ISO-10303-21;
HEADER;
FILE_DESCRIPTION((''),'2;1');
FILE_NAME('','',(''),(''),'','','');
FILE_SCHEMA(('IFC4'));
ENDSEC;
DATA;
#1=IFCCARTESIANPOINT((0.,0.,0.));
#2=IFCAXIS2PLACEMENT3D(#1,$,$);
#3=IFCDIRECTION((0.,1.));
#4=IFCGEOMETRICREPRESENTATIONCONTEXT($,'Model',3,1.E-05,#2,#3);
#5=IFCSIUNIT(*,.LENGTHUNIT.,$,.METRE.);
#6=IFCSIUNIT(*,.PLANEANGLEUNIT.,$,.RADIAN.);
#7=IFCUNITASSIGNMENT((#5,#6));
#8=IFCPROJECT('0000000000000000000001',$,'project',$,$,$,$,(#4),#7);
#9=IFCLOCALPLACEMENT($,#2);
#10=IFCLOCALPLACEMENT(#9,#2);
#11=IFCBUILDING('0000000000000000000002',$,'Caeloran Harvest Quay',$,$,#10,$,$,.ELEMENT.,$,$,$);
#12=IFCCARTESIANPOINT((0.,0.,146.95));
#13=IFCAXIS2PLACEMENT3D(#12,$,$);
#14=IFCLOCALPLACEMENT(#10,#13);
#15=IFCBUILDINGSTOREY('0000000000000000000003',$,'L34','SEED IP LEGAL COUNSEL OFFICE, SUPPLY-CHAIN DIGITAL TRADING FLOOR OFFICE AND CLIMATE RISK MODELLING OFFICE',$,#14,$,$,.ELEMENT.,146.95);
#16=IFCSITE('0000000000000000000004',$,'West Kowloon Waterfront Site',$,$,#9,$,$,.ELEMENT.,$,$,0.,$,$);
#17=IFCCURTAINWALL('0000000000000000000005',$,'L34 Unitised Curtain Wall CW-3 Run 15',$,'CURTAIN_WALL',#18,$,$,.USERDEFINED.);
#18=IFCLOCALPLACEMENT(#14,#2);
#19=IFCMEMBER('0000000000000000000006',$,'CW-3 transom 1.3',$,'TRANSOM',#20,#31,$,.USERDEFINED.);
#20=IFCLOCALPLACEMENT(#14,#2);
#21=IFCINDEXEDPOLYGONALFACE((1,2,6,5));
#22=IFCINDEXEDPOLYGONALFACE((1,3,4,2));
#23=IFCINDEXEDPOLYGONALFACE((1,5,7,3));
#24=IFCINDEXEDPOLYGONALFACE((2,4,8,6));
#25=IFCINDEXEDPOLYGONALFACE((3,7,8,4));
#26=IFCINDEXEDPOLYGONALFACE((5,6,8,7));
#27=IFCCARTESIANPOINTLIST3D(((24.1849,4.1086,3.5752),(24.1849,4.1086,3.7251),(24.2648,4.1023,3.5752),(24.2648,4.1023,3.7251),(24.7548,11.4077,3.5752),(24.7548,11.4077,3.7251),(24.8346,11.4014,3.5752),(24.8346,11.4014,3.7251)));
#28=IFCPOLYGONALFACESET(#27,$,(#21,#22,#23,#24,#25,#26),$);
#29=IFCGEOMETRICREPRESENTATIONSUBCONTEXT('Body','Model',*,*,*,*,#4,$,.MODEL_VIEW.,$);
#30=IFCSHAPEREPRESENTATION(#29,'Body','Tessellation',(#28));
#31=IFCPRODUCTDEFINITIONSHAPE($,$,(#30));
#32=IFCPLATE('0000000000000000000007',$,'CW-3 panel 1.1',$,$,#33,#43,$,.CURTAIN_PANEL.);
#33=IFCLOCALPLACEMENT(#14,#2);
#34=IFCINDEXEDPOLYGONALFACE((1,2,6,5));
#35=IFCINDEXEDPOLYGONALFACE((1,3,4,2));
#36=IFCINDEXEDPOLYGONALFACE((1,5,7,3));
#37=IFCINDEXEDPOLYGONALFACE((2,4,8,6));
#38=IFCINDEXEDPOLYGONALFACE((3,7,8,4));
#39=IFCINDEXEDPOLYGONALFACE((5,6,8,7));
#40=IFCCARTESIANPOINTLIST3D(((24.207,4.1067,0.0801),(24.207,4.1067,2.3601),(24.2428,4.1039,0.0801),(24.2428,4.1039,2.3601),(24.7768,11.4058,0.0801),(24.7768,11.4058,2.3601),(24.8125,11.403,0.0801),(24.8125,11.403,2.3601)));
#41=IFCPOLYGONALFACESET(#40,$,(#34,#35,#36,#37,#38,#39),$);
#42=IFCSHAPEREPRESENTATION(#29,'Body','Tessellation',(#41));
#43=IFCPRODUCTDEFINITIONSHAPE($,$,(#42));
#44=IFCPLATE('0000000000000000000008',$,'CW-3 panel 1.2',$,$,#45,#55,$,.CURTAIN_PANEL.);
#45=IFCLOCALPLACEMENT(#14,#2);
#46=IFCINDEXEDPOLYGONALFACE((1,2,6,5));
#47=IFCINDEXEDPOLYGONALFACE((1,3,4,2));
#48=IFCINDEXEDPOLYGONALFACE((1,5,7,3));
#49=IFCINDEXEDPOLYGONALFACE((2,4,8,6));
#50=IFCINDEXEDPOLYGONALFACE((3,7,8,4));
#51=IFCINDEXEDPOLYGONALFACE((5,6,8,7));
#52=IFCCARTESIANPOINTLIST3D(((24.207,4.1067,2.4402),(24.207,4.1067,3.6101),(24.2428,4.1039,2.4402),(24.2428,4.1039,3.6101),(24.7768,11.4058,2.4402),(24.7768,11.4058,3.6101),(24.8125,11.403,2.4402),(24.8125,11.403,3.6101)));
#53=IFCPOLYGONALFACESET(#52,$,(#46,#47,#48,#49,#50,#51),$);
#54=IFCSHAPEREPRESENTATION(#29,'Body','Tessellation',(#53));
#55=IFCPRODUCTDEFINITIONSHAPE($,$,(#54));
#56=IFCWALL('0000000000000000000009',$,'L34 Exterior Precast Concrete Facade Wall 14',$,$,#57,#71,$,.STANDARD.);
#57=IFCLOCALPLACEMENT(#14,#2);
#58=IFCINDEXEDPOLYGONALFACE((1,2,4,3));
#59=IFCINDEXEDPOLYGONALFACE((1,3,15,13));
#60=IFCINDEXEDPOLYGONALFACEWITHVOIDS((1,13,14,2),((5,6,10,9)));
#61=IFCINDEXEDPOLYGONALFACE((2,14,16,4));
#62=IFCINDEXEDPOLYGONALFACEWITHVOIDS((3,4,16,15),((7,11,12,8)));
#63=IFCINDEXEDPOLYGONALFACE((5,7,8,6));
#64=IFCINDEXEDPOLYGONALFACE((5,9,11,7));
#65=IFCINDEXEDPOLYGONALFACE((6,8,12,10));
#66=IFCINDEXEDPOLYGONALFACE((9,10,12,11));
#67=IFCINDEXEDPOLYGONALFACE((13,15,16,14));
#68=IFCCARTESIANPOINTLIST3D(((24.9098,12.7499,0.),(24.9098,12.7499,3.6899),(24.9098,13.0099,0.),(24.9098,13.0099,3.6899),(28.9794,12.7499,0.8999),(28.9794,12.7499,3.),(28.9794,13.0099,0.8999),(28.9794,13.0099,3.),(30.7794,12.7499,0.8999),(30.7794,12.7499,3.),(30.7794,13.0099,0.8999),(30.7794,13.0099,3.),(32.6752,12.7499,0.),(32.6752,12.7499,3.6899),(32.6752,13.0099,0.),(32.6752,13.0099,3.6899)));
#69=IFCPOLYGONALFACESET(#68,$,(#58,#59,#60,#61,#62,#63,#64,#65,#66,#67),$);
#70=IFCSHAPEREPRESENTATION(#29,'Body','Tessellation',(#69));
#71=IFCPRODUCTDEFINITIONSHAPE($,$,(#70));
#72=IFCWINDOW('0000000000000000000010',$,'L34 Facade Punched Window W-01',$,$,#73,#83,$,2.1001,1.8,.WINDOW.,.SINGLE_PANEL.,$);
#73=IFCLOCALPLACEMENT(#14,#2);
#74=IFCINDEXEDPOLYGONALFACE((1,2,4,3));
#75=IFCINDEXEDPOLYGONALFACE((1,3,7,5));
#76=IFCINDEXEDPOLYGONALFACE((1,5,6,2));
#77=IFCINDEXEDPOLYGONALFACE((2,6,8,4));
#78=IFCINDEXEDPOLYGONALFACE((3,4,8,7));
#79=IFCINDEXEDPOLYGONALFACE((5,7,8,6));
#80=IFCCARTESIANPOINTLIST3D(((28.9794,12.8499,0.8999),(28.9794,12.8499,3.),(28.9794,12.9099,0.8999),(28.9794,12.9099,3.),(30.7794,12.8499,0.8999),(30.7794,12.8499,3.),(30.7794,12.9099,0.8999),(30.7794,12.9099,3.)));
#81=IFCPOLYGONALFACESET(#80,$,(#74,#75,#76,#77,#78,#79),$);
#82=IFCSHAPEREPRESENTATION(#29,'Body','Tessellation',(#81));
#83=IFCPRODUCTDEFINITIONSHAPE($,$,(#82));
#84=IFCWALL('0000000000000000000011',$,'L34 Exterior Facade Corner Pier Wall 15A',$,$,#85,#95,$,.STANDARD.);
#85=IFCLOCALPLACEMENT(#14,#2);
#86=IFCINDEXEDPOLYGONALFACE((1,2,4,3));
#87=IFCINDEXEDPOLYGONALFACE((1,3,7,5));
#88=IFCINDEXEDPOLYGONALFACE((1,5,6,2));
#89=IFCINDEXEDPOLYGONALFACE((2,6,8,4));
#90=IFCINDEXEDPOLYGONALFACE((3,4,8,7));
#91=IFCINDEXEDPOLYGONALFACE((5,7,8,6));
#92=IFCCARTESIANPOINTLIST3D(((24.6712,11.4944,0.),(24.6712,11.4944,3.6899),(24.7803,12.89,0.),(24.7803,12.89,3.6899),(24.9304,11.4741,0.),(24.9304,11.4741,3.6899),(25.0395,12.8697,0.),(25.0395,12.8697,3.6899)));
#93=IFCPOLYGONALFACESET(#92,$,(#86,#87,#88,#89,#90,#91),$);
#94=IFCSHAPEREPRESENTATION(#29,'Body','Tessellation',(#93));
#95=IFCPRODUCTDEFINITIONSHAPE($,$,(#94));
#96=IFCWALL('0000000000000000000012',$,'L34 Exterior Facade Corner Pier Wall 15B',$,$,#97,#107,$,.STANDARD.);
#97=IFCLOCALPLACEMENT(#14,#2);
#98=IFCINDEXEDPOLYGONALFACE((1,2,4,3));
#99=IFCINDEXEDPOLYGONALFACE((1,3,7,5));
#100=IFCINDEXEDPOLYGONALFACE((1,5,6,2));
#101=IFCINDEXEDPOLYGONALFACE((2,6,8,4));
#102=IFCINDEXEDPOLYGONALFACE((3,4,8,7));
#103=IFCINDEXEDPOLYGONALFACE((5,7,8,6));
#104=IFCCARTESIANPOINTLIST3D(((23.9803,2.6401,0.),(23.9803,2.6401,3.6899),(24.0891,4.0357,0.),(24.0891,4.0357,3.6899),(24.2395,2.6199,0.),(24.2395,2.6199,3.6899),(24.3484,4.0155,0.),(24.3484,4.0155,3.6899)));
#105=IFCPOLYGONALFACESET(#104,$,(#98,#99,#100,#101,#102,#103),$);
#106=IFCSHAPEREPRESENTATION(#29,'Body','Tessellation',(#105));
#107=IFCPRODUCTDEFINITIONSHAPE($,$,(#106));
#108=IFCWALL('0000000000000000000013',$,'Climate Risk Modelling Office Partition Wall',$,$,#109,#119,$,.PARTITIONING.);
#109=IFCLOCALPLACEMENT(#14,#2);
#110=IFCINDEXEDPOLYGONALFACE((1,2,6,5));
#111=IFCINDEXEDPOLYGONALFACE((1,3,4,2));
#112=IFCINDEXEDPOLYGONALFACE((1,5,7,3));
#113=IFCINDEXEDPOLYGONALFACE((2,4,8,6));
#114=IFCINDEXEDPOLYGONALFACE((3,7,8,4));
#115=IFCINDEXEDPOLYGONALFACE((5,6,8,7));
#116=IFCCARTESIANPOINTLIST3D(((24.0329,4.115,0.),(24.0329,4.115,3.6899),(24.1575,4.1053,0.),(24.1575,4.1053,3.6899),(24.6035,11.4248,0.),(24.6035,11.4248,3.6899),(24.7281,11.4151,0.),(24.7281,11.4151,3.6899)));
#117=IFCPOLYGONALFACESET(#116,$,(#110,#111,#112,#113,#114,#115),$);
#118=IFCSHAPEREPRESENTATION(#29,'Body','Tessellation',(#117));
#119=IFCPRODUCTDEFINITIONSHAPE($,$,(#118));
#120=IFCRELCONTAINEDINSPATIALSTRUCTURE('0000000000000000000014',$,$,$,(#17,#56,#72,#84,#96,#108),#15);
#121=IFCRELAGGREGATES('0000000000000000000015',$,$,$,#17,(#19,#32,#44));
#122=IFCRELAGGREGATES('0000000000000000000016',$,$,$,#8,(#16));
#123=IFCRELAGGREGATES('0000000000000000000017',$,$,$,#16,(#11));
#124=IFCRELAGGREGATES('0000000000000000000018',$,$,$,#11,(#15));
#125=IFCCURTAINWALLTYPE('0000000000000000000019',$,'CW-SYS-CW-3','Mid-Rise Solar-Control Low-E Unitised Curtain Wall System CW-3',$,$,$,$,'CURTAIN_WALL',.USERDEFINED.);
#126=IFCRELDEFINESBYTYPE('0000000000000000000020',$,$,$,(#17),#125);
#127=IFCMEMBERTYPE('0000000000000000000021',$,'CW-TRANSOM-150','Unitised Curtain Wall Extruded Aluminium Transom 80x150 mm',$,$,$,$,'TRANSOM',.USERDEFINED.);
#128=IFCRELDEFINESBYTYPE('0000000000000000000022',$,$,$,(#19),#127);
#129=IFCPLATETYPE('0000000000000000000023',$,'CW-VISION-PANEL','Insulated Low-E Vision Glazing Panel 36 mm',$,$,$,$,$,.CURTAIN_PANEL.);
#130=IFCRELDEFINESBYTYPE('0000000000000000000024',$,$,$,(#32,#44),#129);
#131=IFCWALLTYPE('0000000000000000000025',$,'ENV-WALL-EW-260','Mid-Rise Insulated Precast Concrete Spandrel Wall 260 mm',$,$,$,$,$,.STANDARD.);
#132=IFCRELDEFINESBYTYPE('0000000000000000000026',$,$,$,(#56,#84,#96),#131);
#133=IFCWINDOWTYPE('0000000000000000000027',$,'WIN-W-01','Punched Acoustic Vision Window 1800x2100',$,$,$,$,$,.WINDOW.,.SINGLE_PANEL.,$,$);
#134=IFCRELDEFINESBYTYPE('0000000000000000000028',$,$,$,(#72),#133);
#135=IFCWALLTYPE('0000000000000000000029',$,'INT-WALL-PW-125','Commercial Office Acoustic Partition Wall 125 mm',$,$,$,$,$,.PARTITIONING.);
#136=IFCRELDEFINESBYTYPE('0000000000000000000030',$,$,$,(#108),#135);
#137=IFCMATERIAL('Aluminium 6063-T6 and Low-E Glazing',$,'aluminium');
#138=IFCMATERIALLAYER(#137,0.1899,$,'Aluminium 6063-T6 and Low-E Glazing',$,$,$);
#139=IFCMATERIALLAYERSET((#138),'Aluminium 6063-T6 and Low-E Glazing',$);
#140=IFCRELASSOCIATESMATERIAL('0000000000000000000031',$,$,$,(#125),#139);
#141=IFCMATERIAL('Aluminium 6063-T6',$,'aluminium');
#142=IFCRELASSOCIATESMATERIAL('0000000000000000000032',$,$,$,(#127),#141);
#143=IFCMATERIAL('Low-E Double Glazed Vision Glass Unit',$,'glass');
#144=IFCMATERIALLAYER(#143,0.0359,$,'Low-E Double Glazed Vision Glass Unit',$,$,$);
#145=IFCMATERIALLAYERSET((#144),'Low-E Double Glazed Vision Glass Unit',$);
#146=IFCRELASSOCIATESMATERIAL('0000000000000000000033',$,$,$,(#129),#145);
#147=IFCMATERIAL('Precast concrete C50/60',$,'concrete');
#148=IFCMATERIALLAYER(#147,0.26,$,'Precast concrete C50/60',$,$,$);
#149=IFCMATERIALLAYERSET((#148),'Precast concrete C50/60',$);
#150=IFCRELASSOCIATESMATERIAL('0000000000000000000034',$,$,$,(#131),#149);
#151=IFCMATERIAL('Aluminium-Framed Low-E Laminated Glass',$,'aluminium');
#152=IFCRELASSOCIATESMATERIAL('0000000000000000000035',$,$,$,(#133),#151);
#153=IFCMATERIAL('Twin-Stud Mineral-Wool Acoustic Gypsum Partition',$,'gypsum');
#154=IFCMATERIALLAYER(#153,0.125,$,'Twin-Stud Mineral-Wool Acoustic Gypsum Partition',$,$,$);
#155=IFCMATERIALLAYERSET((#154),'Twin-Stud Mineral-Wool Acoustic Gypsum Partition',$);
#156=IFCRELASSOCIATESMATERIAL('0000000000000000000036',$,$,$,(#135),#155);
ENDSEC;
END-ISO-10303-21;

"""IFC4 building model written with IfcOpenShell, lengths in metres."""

from ifc_helpers import new_model, si_unit, direction, frame, frame_2d, origin, origin_2d, place, context, subcontext, project, spatial, rectangle, extrude, material, layer, layer_set, material_profile, profile_set, type_object, element, fill, aggregate, save


model = new_model("IFC4")

# Units and contexts
model_context = context("Model", 3, precision=1e-05, world=origin(), true_north=direction((0.0, 1.0)))
body_context = subcontext(model_context, "Body", "Model", "MODEL_VIEW")
ifc_project = project(units=[si_unit("LENGTHUNIT", "METRE"), si_unit("PLANEANGLEUNIT", "RADIAN")], contexts=[model_context])

# Site, building, storey
site_placement = place(None, origin())
site = spatial("IfcSite", under=ifc_project, at=site_placement, Name="West Kowloon Waterfront Site", CompositionType="ELEMENT", RefElevation=0.0)
building_placement = place(site_placement, origin())
building = spatial("IfcBuilding", under=site, at=building_placement, Name="Caeloran Harvest Quay", CompositionType="ELEMENT")
storey_placement = place(building_placement, frame((0.0, 0.0, 146.95)))
storey = spatial("IfcBuildingStorey", under=building, at=storey_placement, Name="L34", Description="SEED IP LEGAL COUNSEL OFFICE, SUPPLY-CHAIN DIGITAL TRADING FLOOR OFFICE AND CLIMATE RISK MODELLING OFFICE", CompositionType="ELEMENT", Elevation=146.95)

# Curtain wall, member, plates
ifc_material_1 = material(Name="Aluminium 6063-T6 and Low-E Glazing", Category="aluminium")
ifc_layer_1 = layer(ifc_material_1, 0.1899, Name="Aluminium 6063-T6 and Low-E Glazing")
ifc_layer_set_1 = layer_set([ifc_layer_1], Name="Aluminium 6063-T6 and Low-E Glazing")
curtain_wall_type = type_object("IfcCurtainWallType", Name="CW-SYS-CW-3", Description="Mid-Rise Solar-Control Low-E Unitised Curtain Wall System CW-3", ElementType="CURTAIN_WALL", PredefinedType="USERDEFINED", material=ifc_layer_set_1)
curtain_wall_placement = place(storey_placement, origin())
curtain_wall = element("IfcCurtainWall", 1, at=curtain_wall_placement, inside=storey, type_object=curtain_wall_type, Name="L34 Unitised Curtain Wall CW-3 Run 15", ObjectType="CURTAIN_WALL", PredefinedType="USERDEFINED")
ifc_material_2 = material(Name="Aluminium 6063-T6", Category="aluminium")
ifc_material_profile_1 = material_profile(ifc_material_2, rectangle(XDim=0.0801, YDim=0.1499, at=origin_2d()), Name="CW-TRANSOM-150")
ifc_profile_set_1 = profile_set([ifc_material_profile_1], Name="Aluminium 6063-T6")
member_type_1 = type_object("IfcMemberType", Name="CW-TRANSOM-150", Description="Unitised Curtain Wall Extruded Aluminium Transom 80x150 mm", ElementType="TRANSOM", PredefinedType="USERDEFINED", material=ifc_profile_set_1)
member_1_placement = place(storey_placement, frame((24.7947, 11.4045, 3.6501), z_axis=(-0.077831, -0.996967, 0.0), x_axis=(0.996967, -0.077831, 0.0)))
member_1 = element("IfcMember", 2, at=member_1_placement, type_object=member_type_1, Name="CW-3 transom 1.3", ObjectType="TRANSOM", PredefinedType="USERDEFINED", context=body_context, shape_type="SweptSolid", body=[
    extrude(rectangle(XDim=0.0801, YDim=0.1499, at=origin_2d()), origin(), (0.0, 0.0, 1.0), 7.3213),
])
ifc_material_3 = material(Name="Low-E Double Glazed Vision Glass Unit", Category="glass")
ifc_layer_2 = layer(ifc_material_3, 0.0359, Name="Low-E Double Glazed Vision Glass Unit")
ifc_layer_set_2 = layer_set([ifc_layer_2], Name="Low-E Double Glazed Vision Glass Unit")
plate_type = type_object("IfcPlateType", Name="CW-VISION-PANEL", Description="Insulated Low-E Vision Glazing Panel 36 mm", PredefinedType="CURTAIN_PANEL", material=ifc_layer_set_2)
plate_1_placement = place(storey_placement, frame((24.5098, 7.7549, 0.0801), z_axis=(0.0, 0.0, 1.0), x_axis=(-0.077822, -0.996967, 0.0)))
plate_1 = element("IfcPlate", 3, at=plate_1_placement, type_object=plate_type, Name="CW-3 panel 1.1", PredefinedType="CURTAIN_PANEL", context=body_context, shape_type="SweptSolid", body=[
    extrude(rectangle(XDim=7.3213, YDim=0.0359, at=origin_2d()), origin(), (0.0, 0.0, 1.0), 2.28),
])
plate_2_placement = place(storey_placement, frame((24.5098, 7.7549, 2.4402), z_axis=(0.0, 0.0, 1.0), x_axis=(-0.077822, -0.996967, 0.0)))
plate_2 = element("IfcPlate", 4, at=plate_2_placement, type_object=plate_type, Name="CW-3 panel 1.2", PredefinedType="CURTAIN_PANEL", context=body_context, shape_type="SweptSolid", body=[
    extrude(rectangle(XDim=7.3213, YDim=0.0359, at=origin_2d()), origin(), (0.0, 0.0, 1.0), 1.1699),
])
aggregate(curtain_wall, [member_1, plate_1, plate_2])

# Wall, opening, window
ifc_material_4 = material(Name="Precast concrete C50/60", Category="concrete")
ifc_layer_3 = layer(ifc_material_4, 0.26, Name="Precast concrete C50/60")
ifc_layer_set_3 = layer_set([ifc_layer_3], Name="Precast concrete C50/60")
wall_type_1 = type_object("IfcWallType", Name="ENV-WALL-EW-260", Description="Mid-Rise Insulated Precast Concrete Spandrel Wall 260 mm", PredefinedType="STANDARD", material=ifc_layer_set_3)
wall_1_placement = place(storey_placement, frame((32.6753, 12.8799, 0.0), z_axis=(0.0, 0.0, 1.0), x_axis=(-1.0, 0.0, 0.0)))
wall_1 = element("IfcWall", 5, at=wall_1_placement, inside=storey, type_object=wall_type_1, Name="L34 Exterior Precast Concrete Facade Wall 14", PredefinedType="STANDARD", context=body_context, shape_type="SweptSolid", body=[
    extrude(rectangle(XDim=7.7654, YDim=0.26, at=frame_2d((3.8828, 0.0))), origin(), (0.0, 0.0, 1.0), 3.6899),
])
opening_placement = place(wall_1_placement, frame((1.896, 0.0, 0.8999)))
opening = element("IfcOpeningElement", 6, at=opening_placement, cuts=wall_1, PredefinedType="OPENING", context=body_context, shape_type="SweptSolid", body=[
    extrude(rectangle(XDim=1.8, YDim=2.1001, at=frame_2d((0.8999, 1.05))), frame((0.0, 0.1401, 0.0), z_axis=(0.0, -1.0, 0.0), x_axis=(1.0, 0.0, 0.0)), (0.0, 0.0, 1.0), 0.28),
])
ifc_material_5 = material(Name="Aluminium-Framed Low-E Laminated Glass", Category="aluminium")
window_type = type_object("IfcWindowType", Name="WIN-W-01", Description="Punched Acoustic Vision Window 1800x2100", PartitioningType="SINGLE_PANEL", PredefinedType="WINDOW", material=ifc_material_5)
window_placement = place(opening_placement, origin())
window = element("IfcWindow", 7, at=window_placement, inside=storey, type_object=window_type, Name="L34 Facade Punched Window W-01", OverallHeight=2.1001, OverallWidth=1.8, PartitioningType="SINGLE_PANEL", PredefinedType="WINDOW", context=body_context, shape_type="SweptSolid", body=[
    extrude(rectangle(XDim=1.8, YDim=2.1001, at=frame_2d((0.8999, 1.05))), frame((0.0, 0.03, 0.0), z_axis=(0.0, -1.0, 0.0), x_axis=(1.0, 0.0, 0.0)), (0.0, 0.0, 1.0), 0.0601),
])
fill(opening, window)

# Walls
for number, where, z_axis, x_axis, name in (
    (8, (24.9099, 12.8799, 0.0), (0.0, 0.0, 1.0), (-0.07795, -0.996957, 0.0), "L34 Exterior Facade Corner Pier Wall 15A"),
    (9, (24.2188, 4.0256, 0.0), (0.0, 0.0, 1.0), (-0.077777, -0.996971, 0.0), "L34 Exterior Facade Corner Pier Wall 15B"),
):
    element("IfcWall", number, at=place(storey_placement, frame(where, z_axis=z_axis, x_axis=x_axis)), inside=storey, type_object=wall_type_1, Name=name, PredefinedType="STANDARD", context=body_context, shape_type="SweptSolid", body=[
        extrude(rectangle(XDim=1.3999, YDim=0.26, at=frame_2d((0.7, 0.0))), origin(), (0.0, 0.0, 1.0), 3.6899),
    ])
ifc_material_6 = material(Name="Twin-Stud Mineral-Wool Acoustic Gypsum Partition", Category="gypsum")
ifc_layer_4 = layer(ifc_material_6, 0.125, Name="Twin-Stud Mineral-Wool Acoustic Gypsum Partition")
ifc_layer_set_4 = layer_set([ifc_layer_4], Name="Twin-Stud Mineral-Wool Acoustic Gypsum Partition")
wall_type_2 = type_object("IfcWallType", Name="INT-WALL-PW-125", Description="Commercial Office Acoustic Partition Wall 125 mm", PredefinedType="PARTITIONING", material=ifc_layer_set_4)
wall_2_placement = place(storey_placement, frame((24.6658, 11.4199, 0.0), z_axis=(0.0, 0.0, 1.0), x_axis=(-0.077817, -0.996968, 0.0)))
element("IfcWall", 10, at=wall_2_placement, inside=storey, type_object=wall_type_2, Name="Climate Risk Modelling Office Partition Wall", PredefinedType="PARTITIONING", context=body_context, shape_type="SweptSolid", body=[
    extrude(rectangle(XDim=7.332, YDim=0.125, at=frame_2d((3.666, 0.0))), origin(), (0.0, 0.0, 1.0), 3.6899),
])

save(model, "model.ifc")
